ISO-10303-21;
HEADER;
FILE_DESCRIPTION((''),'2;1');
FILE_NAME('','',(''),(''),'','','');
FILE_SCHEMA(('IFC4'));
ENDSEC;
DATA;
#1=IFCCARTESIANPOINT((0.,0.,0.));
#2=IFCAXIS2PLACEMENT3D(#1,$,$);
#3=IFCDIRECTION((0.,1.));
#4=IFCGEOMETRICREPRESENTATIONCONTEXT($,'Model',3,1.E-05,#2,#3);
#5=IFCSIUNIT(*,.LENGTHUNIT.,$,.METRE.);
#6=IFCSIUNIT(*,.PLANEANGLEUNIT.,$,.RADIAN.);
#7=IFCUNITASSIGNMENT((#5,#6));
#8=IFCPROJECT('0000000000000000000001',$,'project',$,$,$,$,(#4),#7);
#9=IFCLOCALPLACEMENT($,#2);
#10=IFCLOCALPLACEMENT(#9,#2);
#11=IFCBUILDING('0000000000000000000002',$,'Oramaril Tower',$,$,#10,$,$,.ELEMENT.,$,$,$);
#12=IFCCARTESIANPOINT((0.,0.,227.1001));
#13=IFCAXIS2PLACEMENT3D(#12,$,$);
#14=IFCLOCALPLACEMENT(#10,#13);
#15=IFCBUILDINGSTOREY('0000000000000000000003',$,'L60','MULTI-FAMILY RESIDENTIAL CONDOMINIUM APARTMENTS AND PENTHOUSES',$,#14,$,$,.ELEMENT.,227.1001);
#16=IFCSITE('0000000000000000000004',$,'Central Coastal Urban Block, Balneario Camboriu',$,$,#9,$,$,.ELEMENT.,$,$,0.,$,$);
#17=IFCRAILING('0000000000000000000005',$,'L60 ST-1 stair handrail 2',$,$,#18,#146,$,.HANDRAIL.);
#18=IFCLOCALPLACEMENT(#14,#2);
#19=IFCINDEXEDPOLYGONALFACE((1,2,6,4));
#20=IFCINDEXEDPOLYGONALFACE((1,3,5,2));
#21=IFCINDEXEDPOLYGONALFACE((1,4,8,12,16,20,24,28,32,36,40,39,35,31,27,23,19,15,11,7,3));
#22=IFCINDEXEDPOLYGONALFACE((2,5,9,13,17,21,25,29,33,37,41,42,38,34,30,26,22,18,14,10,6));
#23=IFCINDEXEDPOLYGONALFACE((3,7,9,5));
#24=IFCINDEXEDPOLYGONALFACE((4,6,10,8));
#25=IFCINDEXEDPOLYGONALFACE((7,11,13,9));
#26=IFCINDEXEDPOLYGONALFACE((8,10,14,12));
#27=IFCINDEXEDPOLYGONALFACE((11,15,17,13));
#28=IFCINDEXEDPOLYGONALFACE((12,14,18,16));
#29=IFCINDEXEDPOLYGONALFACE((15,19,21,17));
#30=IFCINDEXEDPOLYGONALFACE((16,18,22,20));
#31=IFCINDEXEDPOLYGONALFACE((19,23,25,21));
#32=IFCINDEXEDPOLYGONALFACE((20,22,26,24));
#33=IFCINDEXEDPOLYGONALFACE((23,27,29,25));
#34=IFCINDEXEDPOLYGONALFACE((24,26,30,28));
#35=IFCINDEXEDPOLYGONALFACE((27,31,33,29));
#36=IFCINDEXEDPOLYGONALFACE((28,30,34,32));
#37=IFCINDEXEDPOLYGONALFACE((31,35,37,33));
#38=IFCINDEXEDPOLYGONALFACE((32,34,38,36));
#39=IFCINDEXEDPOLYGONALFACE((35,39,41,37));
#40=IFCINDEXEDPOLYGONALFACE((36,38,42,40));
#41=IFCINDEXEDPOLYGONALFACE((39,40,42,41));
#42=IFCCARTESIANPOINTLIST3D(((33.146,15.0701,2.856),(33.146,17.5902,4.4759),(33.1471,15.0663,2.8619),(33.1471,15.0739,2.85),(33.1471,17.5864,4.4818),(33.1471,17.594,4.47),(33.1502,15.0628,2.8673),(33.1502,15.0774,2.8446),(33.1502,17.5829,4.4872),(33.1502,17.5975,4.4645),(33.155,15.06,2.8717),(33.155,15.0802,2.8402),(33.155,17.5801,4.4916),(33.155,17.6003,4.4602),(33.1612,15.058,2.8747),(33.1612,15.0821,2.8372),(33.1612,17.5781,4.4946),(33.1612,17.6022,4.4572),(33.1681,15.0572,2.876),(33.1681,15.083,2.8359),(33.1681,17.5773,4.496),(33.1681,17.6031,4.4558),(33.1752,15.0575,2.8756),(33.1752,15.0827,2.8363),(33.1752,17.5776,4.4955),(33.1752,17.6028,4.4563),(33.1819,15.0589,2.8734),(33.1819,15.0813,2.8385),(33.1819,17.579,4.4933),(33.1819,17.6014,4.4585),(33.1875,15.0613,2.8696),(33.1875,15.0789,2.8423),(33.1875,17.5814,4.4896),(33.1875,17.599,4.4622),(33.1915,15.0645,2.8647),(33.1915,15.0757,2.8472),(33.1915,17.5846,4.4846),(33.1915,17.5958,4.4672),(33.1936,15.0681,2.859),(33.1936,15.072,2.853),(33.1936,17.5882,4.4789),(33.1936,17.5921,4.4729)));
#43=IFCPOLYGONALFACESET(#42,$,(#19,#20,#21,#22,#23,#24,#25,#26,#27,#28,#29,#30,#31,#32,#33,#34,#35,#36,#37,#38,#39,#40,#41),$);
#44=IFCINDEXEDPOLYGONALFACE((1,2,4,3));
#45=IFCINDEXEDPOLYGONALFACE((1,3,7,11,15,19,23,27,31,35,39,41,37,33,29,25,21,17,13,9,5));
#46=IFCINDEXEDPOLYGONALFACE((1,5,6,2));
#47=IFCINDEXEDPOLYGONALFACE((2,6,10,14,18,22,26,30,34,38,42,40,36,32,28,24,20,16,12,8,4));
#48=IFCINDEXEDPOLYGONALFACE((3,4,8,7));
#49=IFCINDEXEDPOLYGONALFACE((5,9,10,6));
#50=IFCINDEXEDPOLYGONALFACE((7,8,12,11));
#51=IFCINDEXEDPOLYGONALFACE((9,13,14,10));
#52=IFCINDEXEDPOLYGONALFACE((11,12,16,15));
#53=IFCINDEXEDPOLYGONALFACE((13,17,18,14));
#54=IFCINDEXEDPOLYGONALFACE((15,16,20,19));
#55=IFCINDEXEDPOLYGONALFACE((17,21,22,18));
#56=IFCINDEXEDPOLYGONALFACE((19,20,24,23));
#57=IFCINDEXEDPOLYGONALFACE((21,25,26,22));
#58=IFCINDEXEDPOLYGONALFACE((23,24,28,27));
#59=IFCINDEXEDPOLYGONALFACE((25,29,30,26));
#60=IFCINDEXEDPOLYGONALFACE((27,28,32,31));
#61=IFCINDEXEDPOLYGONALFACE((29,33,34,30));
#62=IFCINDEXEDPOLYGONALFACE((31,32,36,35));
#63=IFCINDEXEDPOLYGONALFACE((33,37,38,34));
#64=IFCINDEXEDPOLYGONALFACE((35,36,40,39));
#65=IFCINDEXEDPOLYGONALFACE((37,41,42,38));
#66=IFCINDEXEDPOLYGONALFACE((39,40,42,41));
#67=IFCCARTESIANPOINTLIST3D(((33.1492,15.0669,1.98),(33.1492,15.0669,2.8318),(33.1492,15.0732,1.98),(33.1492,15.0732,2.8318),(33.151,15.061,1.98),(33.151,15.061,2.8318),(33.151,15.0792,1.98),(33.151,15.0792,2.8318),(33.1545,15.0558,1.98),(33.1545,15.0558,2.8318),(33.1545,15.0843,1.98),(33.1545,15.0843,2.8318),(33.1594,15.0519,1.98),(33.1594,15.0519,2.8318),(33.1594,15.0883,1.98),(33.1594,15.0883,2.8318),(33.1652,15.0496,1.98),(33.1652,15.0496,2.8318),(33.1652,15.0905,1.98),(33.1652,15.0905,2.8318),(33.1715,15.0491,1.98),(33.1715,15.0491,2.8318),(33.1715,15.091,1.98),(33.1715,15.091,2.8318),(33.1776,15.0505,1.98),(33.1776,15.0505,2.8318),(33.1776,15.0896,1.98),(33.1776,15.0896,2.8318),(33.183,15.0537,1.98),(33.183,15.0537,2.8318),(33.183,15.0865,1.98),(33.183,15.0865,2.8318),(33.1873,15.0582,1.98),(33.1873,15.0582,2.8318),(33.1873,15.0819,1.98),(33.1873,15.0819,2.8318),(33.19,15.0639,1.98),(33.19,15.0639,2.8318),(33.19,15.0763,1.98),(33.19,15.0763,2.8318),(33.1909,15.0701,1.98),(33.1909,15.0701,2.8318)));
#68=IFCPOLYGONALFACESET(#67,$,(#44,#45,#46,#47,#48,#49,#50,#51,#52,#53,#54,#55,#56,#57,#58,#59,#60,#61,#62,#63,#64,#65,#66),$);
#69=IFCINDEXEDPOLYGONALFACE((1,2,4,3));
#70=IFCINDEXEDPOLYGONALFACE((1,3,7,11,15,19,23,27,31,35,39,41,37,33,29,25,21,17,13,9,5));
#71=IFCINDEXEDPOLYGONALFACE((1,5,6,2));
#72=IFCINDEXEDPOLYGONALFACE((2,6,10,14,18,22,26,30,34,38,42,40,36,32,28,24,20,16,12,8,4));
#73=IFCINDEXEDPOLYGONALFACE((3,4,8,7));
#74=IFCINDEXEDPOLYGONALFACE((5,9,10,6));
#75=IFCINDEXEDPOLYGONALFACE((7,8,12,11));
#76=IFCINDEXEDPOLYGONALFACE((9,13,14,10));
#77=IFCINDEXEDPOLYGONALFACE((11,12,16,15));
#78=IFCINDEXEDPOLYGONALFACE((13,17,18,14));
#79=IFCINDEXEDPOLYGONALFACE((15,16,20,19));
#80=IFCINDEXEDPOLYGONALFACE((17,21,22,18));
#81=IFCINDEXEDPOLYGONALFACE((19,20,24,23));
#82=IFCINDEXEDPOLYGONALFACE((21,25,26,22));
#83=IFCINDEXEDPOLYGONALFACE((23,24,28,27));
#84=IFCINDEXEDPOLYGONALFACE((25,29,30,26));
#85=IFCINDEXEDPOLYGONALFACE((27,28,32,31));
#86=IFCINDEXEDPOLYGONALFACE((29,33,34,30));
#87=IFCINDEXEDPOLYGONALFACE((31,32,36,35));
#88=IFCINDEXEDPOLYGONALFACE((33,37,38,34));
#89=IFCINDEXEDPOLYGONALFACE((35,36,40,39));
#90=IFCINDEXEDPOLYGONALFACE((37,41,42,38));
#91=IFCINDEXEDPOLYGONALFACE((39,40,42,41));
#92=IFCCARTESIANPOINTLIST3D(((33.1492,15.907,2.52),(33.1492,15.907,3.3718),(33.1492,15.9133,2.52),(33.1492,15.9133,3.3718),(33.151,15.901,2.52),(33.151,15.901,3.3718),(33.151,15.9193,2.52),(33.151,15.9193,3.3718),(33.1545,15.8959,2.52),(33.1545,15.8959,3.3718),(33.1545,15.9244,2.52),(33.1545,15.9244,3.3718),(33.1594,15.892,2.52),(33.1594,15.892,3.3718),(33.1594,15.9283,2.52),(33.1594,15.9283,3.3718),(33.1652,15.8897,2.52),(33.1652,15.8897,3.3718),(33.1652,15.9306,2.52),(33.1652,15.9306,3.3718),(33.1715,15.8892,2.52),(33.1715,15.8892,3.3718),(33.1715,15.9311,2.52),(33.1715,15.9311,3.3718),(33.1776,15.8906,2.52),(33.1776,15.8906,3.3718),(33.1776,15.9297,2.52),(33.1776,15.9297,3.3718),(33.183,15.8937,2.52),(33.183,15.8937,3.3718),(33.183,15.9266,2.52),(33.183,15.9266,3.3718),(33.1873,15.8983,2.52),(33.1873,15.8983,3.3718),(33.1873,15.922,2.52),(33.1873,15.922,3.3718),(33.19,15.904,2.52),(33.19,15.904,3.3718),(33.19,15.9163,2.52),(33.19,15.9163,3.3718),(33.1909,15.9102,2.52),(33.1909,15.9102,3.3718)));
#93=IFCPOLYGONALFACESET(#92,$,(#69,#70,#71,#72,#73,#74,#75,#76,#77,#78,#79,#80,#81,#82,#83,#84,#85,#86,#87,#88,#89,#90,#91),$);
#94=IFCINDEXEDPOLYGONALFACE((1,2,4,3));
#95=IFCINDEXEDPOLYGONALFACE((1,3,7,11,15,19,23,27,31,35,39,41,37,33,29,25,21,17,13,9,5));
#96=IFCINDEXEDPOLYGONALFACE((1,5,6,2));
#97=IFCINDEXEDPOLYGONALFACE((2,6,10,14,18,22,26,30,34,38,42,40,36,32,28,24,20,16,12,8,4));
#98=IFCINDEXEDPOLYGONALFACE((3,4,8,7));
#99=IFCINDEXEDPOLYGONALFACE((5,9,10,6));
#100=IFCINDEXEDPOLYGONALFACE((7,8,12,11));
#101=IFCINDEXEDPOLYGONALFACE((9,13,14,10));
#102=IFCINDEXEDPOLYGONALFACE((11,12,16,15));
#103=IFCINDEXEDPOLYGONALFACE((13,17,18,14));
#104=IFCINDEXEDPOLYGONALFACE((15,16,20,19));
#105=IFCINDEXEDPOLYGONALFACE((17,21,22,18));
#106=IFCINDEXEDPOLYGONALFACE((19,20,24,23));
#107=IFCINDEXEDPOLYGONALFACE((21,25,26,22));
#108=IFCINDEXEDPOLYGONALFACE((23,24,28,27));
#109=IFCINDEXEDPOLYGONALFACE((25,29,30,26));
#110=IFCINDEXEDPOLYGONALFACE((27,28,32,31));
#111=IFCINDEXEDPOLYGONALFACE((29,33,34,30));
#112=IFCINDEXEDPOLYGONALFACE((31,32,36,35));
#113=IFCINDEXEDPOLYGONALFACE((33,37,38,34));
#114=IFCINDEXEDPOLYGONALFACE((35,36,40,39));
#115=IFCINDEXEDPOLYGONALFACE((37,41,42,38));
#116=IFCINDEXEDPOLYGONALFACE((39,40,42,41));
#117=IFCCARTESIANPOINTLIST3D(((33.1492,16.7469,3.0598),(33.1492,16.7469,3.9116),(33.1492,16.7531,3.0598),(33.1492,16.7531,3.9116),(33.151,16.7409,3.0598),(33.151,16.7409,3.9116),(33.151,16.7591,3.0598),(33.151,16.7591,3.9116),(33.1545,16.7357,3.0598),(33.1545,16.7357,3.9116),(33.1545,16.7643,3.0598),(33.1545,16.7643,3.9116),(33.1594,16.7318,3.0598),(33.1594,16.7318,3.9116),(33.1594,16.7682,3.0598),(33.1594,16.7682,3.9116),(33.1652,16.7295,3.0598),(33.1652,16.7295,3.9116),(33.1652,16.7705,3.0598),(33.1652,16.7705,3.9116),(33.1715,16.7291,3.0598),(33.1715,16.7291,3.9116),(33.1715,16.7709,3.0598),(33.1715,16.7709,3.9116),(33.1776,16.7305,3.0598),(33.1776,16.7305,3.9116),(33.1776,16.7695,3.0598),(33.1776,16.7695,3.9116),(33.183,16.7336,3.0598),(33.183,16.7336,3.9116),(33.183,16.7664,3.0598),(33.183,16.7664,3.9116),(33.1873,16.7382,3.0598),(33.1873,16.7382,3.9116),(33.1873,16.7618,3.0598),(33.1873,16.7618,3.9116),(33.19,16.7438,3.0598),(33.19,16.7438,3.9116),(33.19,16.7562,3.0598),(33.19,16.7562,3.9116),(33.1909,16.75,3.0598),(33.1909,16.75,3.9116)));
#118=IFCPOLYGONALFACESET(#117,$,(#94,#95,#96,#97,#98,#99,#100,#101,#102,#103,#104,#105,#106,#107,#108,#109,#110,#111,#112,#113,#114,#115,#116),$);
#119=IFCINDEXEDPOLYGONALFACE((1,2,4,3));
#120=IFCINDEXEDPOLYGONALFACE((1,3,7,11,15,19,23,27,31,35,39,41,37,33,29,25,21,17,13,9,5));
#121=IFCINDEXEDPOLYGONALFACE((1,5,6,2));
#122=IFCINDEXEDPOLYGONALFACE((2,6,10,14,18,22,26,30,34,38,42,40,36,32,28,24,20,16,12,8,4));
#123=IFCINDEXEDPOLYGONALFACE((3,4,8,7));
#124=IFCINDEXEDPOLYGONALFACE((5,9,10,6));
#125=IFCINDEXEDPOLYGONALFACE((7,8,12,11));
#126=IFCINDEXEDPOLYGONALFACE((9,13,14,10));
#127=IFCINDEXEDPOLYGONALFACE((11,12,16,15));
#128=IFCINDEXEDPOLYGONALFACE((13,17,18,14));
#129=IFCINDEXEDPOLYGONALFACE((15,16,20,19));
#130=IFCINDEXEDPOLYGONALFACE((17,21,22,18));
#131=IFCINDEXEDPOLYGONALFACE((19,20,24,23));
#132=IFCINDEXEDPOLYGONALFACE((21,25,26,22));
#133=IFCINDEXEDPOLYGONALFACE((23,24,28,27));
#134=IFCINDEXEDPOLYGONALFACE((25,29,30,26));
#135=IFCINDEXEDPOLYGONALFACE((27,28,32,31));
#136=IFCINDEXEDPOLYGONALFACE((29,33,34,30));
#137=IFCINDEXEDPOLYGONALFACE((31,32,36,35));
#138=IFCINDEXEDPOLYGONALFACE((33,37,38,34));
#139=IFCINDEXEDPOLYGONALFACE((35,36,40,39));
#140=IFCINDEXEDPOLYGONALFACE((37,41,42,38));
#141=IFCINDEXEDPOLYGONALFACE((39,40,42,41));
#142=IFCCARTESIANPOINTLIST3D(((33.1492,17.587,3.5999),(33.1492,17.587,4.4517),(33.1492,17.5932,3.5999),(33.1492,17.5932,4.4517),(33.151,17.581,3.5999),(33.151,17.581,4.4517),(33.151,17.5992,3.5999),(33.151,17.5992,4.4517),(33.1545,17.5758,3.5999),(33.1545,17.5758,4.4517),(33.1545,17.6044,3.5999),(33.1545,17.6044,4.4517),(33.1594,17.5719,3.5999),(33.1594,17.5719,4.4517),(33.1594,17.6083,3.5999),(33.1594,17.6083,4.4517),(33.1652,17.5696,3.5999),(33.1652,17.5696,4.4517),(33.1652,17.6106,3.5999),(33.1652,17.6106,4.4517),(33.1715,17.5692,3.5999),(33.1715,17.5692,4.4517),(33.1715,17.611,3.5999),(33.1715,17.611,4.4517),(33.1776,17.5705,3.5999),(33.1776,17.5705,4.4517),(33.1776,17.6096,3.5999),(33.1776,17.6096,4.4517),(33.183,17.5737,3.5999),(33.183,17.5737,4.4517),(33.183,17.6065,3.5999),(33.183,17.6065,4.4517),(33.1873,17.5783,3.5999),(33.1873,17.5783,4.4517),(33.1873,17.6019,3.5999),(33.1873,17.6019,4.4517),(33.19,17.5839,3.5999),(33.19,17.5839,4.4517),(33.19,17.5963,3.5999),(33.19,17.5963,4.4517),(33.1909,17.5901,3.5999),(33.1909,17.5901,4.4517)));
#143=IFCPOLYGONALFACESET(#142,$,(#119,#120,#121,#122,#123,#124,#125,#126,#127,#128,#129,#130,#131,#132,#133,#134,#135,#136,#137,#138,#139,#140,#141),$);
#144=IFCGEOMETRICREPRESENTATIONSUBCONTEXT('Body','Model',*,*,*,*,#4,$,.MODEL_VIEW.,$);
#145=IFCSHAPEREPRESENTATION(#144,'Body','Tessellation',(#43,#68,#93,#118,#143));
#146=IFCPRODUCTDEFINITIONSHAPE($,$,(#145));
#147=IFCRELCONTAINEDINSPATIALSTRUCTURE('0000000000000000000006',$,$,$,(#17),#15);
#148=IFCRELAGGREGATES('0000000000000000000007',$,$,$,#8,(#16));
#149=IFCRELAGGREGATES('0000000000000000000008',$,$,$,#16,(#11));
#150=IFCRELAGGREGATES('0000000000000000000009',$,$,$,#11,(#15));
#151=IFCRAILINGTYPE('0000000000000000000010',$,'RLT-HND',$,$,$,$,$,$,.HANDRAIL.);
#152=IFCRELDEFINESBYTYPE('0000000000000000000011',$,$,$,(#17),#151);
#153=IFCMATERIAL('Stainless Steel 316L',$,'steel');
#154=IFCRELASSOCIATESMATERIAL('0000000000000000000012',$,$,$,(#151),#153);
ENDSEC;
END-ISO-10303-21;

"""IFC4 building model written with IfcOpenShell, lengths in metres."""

from ifc_helpers import new_model, si_unit, direction, frame, origin, origin_2d, place, context, subcontext, project, spatial, circle, extrude, material, type_object, element, save


model = new_model("IFC4")

# Units and contexts
model_context = context("Model", 3, precision=1e-05, world=origin(), true_north=direction((0.0, 1.0)))
body_context = subcontext(model_context, "Body", "Model", "MODEL_VIEW")
ifc_project = project(units=[si_unit("LENGTHUNIT", "METRE"), si_unit("PLANEANGLEUNIT", "RADIAN")], contexts=[model_context])

# Site, building, storey
site_placement = place(None, origin())
site = spatial("IfcSite", under=ifc_project, at=site_placement, Name="Central Coastal Urban Block, Balneario Camboriu", CompositionType="ELEMENT", RefElevation=0.0)
building_placement = place(site_placement, origin())
building = spatial("IfcBuilding", under=site, at=building_placement, Name="Oramaril Tower", CompositionType="ELEMENT")
storey_placement = place(building_placement, frame((0.0, 0.0, 227.1001)))
storey = spatial("IfcBuildingStorey", under=building, at=storey_placement, Name="L60", Description="MULTI-FAMILY RESIDENTIAL CONDOMINIUM APARTMENTS AND PENTHOUSES", CompositionType="ELEMENT", Elevation=227.1001)

# Railing
ifc_material_1 = material(Name="Stainless Steel 316L", Category="steel")
railing_type_1 = type_object("IfcRailingType", Name="RLT-HND", PredefinedType="HANDRAIL", material=ifc_material_1)
railing_1_placement = place(storey_placement, frame((33.1699, 15.0701, 1.98)))
element("IfcRailing", 1, at=railing_1_placement, inside=storey, type_object=railing_type_1, Name="L60 ST-1 stair handrail 2", PredefinedType="HANDRAIL", context=body_context, shape_type="SweptSolid", body=[
    extrude(circle(Radius=0.0239, at=origin_2d()), frame((0.0, 0.0, 0.876), z_axis=(0.0, 0.8412, 0.540725), x_axis=(-1.0, 0.0, 0.0)), (0.0, 0.0, 1.0), 2.9958),
    extrude(circle(Radius=0.021, at=origin_2d()), origin(), (0.0, 0.0, 1.0), 0.8518),
    extrude(circle(Radius=0.021, at=origin_2d()), frame((0.0, 0.8401, 0.54)), (0.0, 0.0, 1.0), 0.8518),
    extrude(circle(Radius=0.021, at=origin_2d()), frame((0.0, 1.6799, 1.0798)), (0.0, 0.0, 1.0), 0.8518),
    extrude(circle(Radius=0.021, at=origin_2d()), frame((0.0, 2.52, 1.6199)), (0.0, 0.0, 1.0), 0.8518),
])

save(model, "model.ifc")
